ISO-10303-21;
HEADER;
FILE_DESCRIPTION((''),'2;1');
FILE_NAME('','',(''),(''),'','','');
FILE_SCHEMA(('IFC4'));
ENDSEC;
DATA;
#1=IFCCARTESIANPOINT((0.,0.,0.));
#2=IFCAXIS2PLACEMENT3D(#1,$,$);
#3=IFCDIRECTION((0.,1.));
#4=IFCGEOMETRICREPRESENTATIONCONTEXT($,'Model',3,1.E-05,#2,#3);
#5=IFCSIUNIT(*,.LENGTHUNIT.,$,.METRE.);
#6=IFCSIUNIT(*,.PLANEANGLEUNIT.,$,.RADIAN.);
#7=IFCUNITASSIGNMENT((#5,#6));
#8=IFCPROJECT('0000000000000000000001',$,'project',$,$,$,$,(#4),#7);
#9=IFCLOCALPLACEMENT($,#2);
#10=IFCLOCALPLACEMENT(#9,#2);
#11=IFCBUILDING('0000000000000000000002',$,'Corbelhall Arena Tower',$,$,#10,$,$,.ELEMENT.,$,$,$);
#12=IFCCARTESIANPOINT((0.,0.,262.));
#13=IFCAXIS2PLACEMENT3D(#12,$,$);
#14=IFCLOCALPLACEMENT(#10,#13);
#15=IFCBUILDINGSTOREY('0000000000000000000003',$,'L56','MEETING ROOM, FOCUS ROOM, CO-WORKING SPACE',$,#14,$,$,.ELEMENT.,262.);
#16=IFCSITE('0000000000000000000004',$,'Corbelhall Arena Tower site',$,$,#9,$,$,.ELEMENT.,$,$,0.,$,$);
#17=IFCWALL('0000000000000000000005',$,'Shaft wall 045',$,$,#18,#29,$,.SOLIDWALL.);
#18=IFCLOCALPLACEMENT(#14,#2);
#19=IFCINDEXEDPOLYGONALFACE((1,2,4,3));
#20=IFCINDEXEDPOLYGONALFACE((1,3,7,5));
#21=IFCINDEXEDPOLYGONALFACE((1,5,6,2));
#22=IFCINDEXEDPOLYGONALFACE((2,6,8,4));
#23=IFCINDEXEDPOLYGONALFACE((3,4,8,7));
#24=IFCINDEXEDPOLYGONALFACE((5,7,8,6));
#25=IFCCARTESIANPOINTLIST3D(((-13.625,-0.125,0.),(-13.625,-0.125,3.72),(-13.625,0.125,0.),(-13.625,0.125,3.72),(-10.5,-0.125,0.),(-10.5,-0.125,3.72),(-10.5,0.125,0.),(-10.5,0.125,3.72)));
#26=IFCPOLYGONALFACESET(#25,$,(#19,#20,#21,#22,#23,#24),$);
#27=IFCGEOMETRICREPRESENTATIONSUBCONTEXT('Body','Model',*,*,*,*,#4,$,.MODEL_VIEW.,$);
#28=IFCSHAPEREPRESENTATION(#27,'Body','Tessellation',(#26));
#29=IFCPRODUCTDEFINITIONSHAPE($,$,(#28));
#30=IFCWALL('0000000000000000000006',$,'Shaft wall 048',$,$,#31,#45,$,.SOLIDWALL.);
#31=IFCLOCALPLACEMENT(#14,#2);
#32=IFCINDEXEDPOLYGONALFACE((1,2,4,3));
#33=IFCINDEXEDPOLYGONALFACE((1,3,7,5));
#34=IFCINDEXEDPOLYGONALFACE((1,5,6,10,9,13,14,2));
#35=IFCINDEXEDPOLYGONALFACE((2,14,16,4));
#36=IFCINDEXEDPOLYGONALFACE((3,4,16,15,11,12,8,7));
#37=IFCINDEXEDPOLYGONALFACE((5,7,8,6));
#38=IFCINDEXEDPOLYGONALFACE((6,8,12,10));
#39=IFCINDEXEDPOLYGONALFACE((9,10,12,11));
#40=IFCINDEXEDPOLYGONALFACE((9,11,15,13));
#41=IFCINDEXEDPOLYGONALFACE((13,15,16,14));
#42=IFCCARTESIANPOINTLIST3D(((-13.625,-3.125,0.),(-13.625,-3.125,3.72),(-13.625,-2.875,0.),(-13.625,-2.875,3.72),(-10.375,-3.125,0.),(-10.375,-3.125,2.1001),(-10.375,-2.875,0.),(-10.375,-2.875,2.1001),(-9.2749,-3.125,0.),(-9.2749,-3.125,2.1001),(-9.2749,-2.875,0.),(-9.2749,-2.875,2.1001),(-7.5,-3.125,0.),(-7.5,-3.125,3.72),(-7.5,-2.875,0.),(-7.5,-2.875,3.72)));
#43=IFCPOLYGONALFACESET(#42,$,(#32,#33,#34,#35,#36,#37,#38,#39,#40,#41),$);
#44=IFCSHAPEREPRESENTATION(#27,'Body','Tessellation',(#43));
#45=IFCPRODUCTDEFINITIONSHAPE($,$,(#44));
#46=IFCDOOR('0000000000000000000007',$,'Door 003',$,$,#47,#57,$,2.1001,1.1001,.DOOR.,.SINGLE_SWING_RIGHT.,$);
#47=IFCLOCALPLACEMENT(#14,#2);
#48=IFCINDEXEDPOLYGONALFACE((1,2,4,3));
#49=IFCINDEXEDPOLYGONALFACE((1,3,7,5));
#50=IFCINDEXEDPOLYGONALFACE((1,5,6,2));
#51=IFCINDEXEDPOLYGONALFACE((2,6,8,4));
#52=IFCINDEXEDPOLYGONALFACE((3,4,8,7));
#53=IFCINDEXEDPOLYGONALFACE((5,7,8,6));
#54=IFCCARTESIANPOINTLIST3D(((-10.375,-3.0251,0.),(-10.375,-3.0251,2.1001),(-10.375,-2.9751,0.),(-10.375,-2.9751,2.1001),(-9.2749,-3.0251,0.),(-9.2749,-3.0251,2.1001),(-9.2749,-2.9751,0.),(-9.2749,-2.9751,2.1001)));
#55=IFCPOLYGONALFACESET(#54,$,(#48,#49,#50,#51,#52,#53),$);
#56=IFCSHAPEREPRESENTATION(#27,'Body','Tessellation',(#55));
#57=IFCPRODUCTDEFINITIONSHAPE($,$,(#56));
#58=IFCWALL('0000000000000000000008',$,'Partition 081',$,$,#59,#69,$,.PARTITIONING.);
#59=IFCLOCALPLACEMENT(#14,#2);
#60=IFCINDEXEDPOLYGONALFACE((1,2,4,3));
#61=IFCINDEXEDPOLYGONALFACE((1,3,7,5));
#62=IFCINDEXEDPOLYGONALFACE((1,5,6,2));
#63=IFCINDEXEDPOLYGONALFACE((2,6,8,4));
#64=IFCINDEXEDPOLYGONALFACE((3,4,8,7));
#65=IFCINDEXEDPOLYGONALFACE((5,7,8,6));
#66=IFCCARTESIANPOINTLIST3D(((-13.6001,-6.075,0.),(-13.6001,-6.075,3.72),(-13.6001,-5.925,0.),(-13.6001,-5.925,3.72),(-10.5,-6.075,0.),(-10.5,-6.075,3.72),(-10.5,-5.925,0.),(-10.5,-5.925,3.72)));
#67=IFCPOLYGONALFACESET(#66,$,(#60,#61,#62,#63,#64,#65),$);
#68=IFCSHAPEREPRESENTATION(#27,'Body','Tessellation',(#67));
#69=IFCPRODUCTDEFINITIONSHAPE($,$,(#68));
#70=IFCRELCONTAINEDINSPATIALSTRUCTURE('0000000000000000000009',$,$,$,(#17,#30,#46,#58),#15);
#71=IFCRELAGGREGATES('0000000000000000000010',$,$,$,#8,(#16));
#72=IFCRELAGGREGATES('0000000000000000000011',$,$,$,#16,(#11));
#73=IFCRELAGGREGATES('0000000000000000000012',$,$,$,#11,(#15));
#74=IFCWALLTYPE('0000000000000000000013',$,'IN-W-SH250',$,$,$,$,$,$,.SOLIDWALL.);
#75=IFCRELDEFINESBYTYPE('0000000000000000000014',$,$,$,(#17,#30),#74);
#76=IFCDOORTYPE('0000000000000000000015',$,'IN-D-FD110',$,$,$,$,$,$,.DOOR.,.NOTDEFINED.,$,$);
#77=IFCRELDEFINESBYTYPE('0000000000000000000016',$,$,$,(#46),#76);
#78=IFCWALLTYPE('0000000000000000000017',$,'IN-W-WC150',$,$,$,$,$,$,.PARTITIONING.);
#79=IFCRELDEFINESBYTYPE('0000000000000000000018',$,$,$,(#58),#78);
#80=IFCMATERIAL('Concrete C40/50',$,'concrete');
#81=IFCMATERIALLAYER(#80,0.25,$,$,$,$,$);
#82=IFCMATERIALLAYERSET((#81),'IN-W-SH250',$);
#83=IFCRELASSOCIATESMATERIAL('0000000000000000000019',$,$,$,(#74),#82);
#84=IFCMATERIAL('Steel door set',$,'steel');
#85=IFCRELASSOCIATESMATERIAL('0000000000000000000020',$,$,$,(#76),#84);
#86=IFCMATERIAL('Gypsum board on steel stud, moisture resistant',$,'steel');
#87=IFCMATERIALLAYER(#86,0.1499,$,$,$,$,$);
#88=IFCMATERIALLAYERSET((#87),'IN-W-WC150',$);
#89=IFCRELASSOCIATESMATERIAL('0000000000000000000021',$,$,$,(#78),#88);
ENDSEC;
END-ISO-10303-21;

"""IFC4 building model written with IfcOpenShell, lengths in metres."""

from ifc_helpers import new_model, si_unit, direction, frame, frame_2d, origin, place, context, subcontext, project, spatial, rectangle, extrude, material, layer, layer_set, type_object, element, fill, save


model = new_model("IFC4")

# Units and contexts
model_context = context("Model", 3, precision=1e-05, world=origin(), true_north=direction((0.0, 1.0)))
body_context = subcontext(model_context, "Body", "Model", "MODEL_VIEW")
ifc_project = project(units=[si_unit("LENGTHUNIT", "METRE"), si_unit("PLANEANGLEUNIT", "RADIAN")], contexts=[model_context])

# Site, building, storey
site_placement = place(None, origin())
site = spatial("IfcSite", under=ifc_project, at=site_placement, Name="Corbelhall Arena Tower site", CompositionType="ELEMENT", RefElevation=0.0)
building_placement = place(site_placement, origin())
building = spatial("IfcBuilding", under=site, at=building_placement, Name="Corbelhall Arena Tower", CompositionType="ELEMENT")
storey_placement = place(building_placement, frame((0.0, 0.0, 262.0)))
storey = spatial("IfcBuildingStorey", under=building, at=storey_placement, Name="L56", Description="MEETING ROOM, FOCUS ROOM, CO-WORKING SPACE", CompositionType="ELEMENT", Elevation=262.0)

# Shared definitions
ifc_material_1 = material(Name="Steel door set", Category="steel")

# Wall
ifc_material_2 = material(Name="Concrete C40/50", Category="concrete")
ifc_layer_1 = layer(ifc_material_2, 0.25)
ifc_layer_set_1 = layer_set([ifc_layer_1], Name="IN-W-SH250")
wall_type_1 = type_object("IfcWallType", Name="IN-W-SH250", PredefinedType="SOLIDWALL", material=ifc_layer_set_1)
wall_1_placement = place(storey_placement, frame((-13.625, 0.0, 0.0), z_axis=(0.0, 0.0, 1.0), x_axis=(1.0, 0.0, 0.0)))
element("IfcWall", 1, at=wall_1_placement, inside=storey, type_object=wall_type_1, Name="Shaft wall 045", PredefinedType="SOLIDWALL", context=body_context, shape_type="SweptSolid", body=[
    extrude(rectangle(XDim=3.125, YDim=0.25, at=frame_2d((1.5625, 0.0))), origin(), (0.0, 0.0, 1.0), 3.72),
])

# Wall, opening, door
wall_2_placement = place(storey_placement, frame((-13.625, -3.0, 0.0), z_axis=(0.0, 0.0, 1.0), x_axis=(1.0, 0.0, 0.0)))
wall_2 = element("IfcWall", 2, at=wall_2_placement, inside=storey, type_object=wall_type_1, Name="Shaft wall 048", PredefinedType="SOLIDWALL", context=body_context, shape_type="SweptSolid", body=[
    extrude(rectangle(XDim=6.125, YDim=0.25, at=frame_2d((3.0625, 0.0))), origin(), (0.0, 0.0, 1.0), 3.72),
])
opening_1_placement = place(wall_2_placement, frame((3.25, 0.0, 0.0)))
opening_1 = element("IfcOpeningElement", 3, at=opening_1_placement, cuts=wall_2, PredefinedType="OPENING", context=body_context, shape_type="SweptSolid", body=[
    extrude(rectangle(XDim=1.1001, YDim=2.1001, at=frame_2d((0.55, 1.05))), frame((0.0, 0.125, 0.0), z_axis=(0.0, -1.0, 0.0), x_axis=(1.0, 0.0, 0.0)), (0.0, 0.0, 1.0), 0.25),
])
door_type_1 = type_object("IfcDoorType", Name="IN-D-FD110", OperationType="NOTDEFINED", PredefinedType="DOOR", material=ifc_material_1)
door_1_placement = place(opening_1_placement, origin())
door_1 = element("IfcDoor", 4, at=door_1_placement, inside=storey, type_object=door_type_1, Name="Door 003", OperationType="SINGLE_SWING_RIGHT", OverallHeight=2.1001, OverallWidth=1.1001, PredefinedType="DOOR", context=body_context, shape_type="SweptSolid", body=[
    extrude(rectangle(XDim=1.1001, YDim=2.1001, at=frame_2d((0.55, 1.05))), frame((0.0, 0.0249, 0.0), z_axis=(0.0, -1.0, 0.0), x_axis=(1.0, 0.0, 0.0)), (0.0, 0.0, 1.0), 0.05),
])
fill(opening_1, door_1)

# Wall
ifc_material_3 = material(Name="Gypsum board on steel stud, moisture resistant", Category="steel")
ifc_layer_2 = layer(ifc_material_3, 0.1499)
ifc_layer_set_2 = layer_set([ifc_layer_2], Name="IN-W-WC150")
wall_type_2 = type_object("IfcWallType", Name="IN-W-WC150", PredefinedType="PARTITIONING", material=ifc_layer_set_2)
wall_3_placement = place(storey_placement, frame((-13.6001, -6.0, 0.0), z_axis=(0.0, 0.0, 1.0), x_axis=(1.0, 0.0, 0.0)))
element("IfcWall", 5, at=wall_3_placement, inside=storey, type_object=wall_type_2, Name="Partition 081", PredefinedType="PARTITIONING", context=body_context, shape_type="SweptSolid", body=[
    extrude(rectangle(XDim=3.1001, YDim=0.1499, at=frame_2d((1.55, 0.0))), origin(), (0.0, 0.0, 1.0), 3.72),
])

save(model, "model.ifc")
